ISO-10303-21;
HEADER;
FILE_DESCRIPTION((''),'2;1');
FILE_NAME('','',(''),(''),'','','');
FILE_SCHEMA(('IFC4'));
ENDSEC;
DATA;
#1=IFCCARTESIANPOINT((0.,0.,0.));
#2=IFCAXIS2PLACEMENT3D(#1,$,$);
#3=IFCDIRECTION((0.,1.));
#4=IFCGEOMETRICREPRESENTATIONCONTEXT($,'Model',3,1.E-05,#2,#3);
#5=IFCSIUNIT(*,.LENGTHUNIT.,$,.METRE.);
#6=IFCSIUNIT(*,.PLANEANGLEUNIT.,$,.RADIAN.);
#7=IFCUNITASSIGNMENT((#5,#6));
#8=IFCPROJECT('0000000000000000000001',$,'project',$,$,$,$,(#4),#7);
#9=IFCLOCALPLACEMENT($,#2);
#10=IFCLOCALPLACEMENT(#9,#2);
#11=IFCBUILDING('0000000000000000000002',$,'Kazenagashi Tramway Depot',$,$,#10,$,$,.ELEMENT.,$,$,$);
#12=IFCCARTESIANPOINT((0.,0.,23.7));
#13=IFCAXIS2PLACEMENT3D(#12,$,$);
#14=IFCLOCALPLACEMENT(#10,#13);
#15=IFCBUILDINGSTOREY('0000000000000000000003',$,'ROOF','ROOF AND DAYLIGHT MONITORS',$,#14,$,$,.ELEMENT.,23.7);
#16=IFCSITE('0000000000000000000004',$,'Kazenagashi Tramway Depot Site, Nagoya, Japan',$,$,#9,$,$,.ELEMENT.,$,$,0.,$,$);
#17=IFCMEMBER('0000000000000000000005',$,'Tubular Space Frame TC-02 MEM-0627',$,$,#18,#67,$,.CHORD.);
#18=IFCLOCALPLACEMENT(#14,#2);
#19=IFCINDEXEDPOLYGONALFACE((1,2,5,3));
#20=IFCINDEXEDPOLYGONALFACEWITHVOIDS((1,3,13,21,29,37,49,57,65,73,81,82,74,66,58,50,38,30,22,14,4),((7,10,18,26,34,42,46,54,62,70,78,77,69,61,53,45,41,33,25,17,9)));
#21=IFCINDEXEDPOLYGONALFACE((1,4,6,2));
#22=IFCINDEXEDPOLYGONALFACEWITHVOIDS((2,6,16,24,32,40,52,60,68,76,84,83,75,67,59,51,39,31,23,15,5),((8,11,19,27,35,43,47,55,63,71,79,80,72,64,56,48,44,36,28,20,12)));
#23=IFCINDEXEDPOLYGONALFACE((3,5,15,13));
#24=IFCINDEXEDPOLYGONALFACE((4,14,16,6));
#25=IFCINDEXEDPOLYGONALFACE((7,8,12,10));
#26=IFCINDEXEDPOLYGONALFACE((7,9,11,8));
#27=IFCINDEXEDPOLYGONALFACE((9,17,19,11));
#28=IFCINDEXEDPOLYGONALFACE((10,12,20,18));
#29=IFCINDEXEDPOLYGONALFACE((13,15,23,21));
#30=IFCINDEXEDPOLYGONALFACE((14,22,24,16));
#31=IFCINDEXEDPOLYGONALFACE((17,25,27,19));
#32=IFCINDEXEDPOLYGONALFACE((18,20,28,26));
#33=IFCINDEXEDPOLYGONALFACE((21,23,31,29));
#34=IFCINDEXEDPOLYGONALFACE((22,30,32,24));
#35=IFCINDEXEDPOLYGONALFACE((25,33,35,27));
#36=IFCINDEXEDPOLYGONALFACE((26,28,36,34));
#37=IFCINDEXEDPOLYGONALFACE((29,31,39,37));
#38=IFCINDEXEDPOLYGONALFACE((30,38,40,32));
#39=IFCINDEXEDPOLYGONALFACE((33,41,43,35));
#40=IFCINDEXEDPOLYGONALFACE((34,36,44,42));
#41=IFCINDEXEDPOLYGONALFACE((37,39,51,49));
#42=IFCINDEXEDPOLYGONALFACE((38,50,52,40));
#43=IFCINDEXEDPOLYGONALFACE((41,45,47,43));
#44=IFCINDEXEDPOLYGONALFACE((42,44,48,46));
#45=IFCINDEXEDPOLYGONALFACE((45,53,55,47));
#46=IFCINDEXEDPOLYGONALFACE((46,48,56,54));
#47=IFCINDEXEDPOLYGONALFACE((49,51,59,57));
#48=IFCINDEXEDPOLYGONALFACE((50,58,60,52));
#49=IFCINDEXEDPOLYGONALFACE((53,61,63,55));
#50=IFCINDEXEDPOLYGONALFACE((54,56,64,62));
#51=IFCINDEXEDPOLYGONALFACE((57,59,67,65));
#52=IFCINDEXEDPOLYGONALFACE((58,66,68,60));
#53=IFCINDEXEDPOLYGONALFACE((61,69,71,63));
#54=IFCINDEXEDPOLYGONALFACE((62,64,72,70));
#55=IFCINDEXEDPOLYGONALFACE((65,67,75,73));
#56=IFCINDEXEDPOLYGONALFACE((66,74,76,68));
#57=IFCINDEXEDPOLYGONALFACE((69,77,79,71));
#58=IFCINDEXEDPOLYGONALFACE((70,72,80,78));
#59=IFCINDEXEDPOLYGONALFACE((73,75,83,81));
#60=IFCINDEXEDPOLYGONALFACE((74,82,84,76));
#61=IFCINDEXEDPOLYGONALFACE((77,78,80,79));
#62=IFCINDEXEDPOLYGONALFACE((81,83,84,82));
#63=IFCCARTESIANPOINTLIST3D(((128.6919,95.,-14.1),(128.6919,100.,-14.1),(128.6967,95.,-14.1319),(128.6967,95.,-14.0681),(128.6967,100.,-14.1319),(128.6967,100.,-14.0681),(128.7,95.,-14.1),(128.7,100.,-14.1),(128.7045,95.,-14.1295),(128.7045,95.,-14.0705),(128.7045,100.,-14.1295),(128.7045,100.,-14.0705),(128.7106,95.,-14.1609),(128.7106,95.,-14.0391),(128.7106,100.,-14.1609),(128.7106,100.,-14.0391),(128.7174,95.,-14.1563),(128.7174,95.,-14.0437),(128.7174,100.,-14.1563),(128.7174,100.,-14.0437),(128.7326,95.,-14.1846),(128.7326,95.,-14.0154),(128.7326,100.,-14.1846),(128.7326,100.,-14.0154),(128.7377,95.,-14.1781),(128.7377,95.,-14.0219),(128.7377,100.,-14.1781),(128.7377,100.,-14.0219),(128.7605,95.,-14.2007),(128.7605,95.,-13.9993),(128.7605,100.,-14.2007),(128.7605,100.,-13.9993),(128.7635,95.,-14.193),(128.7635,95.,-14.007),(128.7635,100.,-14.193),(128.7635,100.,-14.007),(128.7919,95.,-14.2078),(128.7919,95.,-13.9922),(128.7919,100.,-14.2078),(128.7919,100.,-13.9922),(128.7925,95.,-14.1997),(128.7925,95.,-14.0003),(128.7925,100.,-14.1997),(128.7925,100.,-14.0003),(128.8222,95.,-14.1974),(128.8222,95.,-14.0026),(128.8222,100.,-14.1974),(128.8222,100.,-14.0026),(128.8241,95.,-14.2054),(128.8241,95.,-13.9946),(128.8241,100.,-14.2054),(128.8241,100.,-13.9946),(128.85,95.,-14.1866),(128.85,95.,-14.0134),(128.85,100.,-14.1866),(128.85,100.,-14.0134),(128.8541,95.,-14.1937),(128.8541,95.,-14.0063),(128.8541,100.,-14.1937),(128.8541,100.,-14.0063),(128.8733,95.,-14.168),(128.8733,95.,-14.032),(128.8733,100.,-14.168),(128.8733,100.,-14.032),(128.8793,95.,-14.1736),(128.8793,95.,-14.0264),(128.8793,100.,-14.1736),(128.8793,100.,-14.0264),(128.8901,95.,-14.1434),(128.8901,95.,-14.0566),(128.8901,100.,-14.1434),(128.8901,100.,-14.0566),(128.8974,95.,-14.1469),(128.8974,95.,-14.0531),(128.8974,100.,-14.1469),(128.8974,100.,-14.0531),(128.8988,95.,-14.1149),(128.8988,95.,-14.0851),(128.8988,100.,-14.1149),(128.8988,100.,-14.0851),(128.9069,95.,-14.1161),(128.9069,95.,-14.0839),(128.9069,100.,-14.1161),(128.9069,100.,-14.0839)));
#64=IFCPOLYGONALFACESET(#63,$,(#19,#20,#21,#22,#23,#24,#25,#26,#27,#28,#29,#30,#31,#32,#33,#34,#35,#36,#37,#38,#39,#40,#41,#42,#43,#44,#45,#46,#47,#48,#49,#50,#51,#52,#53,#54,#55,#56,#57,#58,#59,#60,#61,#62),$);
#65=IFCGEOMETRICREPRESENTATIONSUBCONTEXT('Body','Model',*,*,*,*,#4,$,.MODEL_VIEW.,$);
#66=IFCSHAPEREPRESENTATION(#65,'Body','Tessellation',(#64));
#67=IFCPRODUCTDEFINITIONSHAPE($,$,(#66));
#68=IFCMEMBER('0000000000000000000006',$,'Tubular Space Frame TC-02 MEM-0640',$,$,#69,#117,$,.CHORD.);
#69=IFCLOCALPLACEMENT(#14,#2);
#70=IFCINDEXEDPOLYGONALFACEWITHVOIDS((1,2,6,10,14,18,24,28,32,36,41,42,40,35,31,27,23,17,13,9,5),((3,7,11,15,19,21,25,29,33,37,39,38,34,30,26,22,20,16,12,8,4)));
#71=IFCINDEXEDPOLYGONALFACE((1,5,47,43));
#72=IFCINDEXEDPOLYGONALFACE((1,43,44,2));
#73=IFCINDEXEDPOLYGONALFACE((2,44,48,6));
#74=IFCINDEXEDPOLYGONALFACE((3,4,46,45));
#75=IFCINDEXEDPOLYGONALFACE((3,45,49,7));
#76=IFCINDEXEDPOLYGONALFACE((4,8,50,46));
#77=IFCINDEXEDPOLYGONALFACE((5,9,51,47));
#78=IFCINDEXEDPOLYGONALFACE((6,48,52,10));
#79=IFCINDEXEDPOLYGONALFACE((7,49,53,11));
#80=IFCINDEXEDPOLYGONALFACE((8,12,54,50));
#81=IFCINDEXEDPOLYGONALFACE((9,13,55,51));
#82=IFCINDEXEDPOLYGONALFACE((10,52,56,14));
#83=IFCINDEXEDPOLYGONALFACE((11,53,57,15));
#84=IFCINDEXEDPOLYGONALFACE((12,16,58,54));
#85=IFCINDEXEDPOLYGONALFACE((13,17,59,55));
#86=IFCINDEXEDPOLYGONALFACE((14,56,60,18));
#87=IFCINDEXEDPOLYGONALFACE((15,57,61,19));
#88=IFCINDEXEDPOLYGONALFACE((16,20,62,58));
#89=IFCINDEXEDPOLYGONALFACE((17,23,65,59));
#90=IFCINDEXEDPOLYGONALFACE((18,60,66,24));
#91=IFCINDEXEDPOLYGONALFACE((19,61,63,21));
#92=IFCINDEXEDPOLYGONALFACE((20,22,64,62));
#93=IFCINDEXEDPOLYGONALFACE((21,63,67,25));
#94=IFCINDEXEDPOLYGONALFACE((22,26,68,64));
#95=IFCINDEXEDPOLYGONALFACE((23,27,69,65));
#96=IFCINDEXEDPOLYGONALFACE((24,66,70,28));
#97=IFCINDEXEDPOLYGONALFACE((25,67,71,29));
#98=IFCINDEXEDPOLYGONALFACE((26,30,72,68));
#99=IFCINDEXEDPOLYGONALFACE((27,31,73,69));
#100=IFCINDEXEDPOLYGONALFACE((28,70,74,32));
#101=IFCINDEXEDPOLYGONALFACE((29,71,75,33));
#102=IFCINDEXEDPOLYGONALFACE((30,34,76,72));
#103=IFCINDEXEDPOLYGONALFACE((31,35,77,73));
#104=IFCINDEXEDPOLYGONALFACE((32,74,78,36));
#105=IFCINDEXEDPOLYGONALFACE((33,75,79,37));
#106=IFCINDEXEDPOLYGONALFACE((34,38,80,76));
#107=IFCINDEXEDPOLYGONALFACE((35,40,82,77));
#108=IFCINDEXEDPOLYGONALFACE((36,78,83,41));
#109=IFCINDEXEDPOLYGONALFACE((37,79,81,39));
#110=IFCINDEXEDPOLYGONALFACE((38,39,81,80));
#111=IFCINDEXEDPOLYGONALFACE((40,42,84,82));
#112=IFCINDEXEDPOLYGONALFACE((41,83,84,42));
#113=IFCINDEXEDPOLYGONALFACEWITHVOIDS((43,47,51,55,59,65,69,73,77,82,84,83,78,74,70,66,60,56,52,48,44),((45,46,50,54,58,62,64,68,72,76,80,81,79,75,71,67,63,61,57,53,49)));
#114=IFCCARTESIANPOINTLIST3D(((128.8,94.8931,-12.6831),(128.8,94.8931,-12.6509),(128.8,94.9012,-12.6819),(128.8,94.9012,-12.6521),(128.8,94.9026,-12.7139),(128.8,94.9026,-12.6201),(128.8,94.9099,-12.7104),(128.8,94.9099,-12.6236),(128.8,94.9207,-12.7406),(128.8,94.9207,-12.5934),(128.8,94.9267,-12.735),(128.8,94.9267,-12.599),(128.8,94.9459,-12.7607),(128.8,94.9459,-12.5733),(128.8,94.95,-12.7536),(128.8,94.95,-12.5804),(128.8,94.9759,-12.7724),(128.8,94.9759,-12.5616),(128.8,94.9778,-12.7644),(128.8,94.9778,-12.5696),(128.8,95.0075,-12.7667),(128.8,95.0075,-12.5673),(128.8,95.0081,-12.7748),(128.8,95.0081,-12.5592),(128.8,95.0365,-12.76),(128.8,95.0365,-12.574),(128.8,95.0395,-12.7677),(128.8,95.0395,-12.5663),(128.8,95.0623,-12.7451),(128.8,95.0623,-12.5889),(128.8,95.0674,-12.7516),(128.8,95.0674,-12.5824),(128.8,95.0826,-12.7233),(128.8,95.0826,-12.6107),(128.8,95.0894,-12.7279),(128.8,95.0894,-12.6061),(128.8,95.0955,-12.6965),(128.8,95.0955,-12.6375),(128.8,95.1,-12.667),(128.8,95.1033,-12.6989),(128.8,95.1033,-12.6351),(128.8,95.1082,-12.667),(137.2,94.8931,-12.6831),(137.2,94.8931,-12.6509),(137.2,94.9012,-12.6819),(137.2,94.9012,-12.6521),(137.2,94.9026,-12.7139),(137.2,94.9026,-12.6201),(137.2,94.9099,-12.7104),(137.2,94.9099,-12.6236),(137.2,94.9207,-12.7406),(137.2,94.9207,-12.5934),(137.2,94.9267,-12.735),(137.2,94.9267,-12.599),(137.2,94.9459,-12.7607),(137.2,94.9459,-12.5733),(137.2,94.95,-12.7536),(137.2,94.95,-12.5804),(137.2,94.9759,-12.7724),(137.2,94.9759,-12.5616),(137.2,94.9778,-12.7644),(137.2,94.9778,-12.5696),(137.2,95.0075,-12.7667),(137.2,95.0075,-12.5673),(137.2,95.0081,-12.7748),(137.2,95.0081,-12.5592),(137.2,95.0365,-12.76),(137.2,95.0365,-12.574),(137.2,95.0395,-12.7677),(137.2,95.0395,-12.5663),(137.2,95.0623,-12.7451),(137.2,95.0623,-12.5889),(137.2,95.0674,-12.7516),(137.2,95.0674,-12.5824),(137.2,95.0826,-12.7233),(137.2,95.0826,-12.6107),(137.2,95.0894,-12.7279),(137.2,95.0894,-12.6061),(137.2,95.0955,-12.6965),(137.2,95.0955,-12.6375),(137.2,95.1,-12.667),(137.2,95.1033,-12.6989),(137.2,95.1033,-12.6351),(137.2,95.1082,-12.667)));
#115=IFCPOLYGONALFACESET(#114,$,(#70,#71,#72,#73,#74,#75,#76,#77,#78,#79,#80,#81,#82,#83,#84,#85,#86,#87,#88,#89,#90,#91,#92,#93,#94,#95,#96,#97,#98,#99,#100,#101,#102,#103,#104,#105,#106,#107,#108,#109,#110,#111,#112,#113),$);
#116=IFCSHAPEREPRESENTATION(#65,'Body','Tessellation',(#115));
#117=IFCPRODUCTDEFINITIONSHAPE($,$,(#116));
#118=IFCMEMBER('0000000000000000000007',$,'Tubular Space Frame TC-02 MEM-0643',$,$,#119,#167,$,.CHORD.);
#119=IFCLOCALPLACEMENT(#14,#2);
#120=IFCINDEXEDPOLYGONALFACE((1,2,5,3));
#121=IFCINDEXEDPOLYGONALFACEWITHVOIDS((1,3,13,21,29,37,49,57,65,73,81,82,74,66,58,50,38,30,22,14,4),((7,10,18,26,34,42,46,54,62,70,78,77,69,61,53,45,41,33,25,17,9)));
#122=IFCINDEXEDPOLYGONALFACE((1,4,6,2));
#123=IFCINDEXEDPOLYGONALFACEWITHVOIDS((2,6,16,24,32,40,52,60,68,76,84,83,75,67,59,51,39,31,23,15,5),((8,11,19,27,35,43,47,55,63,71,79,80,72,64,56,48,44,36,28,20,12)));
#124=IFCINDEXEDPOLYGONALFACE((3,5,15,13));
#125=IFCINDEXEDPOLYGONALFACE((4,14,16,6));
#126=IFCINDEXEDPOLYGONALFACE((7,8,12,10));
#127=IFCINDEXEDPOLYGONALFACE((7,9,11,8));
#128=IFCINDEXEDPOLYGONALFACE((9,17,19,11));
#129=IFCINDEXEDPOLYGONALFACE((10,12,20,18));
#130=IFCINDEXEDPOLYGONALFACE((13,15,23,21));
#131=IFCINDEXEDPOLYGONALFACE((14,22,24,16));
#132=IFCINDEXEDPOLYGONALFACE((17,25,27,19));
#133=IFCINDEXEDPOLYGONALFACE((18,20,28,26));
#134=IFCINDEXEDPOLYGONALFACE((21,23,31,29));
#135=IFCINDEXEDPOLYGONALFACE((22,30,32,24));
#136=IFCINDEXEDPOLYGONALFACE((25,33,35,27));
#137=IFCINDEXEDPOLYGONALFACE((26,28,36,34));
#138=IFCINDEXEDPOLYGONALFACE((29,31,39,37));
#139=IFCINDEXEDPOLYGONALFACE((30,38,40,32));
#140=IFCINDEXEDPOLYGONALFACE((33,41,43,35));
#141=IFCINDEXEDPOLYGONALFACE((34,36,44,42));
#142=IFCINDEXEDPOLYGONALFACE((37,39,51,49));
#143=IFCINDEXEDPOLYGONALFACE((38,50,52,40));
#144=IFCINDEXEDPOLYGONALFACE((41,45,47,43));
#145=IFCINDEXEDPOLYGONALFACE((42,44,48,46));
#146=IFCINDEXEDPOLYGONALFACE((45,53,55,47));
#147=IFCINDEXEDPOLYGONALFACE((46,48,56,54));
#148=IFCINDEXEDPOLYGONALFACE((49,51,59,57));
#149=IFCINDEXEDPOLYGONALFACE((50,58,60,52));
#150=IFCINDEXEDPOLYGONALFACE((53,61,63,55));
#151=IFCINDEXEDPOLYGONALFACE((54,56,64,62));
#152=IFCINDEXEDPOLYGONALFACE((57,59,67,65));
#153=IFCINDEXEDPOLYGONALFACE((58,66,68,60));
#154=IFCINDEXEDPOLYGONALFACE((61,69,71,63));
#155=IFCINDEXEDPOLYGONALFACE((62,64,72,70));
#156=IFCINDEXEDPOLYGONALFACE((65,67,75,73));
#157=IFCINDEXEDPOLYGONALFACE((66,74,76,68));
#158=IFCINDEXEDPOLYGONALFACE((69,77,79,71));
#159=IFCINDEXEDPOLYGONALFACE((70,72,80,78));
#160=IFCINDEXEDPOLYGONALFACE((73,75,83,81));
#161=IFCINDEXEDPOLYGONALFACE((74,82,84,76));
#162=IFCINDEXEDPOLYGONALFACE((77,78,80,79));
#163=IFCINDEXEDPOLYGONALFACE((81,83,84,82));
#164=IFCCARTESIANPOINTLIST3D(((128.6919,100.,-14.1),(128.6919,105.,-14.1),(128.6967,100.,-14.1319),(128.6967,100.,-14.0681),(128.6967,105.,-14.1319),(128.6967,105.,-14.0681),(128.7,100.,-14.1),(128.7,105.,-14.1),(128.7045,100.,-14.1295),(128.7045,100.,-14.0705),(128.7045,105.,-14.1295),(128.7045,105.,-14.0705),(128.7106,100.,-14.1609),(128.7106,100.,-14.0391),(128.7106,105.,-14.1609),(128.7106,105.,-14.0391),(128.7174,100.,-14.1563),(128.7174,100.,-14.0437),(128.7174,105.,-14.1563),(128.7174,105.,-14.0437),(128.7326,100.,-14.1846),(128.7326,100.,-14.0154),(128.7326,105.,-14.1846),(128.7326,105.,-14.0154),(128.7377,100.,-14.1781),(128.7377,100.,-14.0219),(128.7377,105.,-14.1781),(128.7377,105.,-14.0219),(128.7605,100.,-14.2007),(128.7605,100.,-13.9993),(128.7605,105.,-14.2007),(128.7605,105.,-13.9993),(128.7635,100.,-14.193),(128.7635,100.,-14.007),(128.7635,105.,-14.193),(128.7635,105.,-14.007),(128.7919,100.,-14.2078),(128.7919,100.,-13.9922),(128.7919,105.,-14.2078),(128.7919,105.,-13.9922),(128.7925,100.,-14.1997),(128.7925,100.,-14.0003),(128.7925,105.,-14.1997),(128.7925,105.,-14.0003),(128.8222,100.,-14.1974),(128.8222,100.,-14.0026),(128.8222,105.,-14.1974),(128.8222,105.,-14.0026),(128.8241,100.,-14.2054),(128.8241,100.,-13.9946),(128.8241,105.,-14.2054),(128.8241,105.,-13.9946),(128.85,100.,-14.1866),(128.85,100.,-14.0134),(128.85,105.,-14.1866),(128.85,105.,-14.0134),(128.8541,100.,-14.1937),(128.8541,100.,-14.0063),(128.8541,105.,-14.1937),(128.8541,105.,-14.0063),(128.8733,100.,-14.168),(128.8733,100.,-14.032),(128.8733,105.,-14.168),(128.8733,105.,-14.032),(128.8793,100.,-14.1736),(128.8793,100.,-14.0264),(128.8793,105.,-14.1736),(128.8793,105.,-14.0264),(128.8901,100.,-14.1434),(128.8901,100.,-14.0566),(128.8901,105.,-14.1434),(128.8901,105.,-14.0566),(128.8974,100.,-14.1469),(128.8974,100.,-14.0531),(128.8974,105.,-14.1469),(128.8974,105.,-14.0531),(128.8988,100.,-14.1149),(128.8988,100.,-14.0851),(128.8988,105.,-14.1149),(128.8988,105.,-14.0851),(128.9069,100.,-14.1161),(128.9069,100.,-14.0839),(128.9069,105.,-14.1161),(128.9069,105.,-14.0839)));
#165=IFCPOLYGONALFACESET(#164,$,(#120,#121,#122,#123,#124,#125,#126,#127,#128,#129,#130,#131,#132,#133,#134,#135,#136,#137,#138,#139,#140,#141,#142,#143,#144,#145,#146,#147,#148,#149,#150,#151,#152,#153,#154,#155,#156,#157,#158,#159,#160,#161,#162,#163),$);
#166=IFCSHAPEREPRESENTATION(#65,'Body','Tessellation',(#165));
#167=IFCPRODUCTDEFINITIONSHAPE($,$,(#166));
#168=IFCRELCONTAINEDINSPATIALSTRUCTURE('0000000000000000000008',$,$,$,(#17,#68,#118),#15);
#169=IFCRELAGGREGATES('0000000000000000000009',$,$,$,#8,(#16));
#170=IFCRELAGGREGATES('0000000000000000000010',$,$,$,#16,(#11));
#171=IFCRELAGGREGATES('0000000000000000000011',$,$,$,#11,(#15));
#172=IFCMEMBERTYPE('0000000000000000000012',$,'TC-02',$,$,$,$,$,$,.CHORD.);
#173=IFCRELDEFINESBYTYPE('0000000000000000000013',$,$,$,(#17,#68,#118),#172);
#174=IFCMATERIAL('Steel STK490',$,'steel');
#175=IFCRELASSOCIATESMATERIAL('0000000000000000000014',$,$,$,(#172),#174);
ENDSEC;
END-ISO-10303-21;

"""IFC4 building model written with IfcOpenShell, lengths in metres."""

from ifc_helpers import new_model, si_unit, direction, frame, origin, origin_2d, place, context, subcontext, project, spatial, hollow_circle, extrude, material, material_profile, profile_set, type_object, element, save


model = new_model("IFC4")

# Units and contexts
model_context = context("Model", 3, precision=1e-05, world=origin(), true_north=direction((0.0, 1.0)))
body_context = subcontext(model_context, "Body", "Model", "MODEL_VIEW")
ifc_project = project(units=[si_unit("LENGTHUNIT", "METRE"), si_unit("PLANEANGLEUNIT", "RADIAN")], contexts=[model_context])

# Site, building, storey
site_placement = place(None, origin())
site = spatial("IfcSite", under=ifc_project, at=site_placement, Name="Kazenagashi Tramway Depot Site, Nagoya, Japan", CompositionType="ELEMENT", RefElevation=0.0)
building_placement = place(site_placement, origin())
building = spatial("IfcBuilding", under=site, at=building_placement, Name="Kazenagashi Tramway Depot", CompositionType="ELEMENT")
storey_placement = place(building_placement, frame((0.0, 0.0, 23.7)))
storey = spatial("IfcBuildingStorey", under=building, at=storey_placement, Name="ROOF", Description="ROOF AND DAYLIGHT MONITORS", CompositionType="ELEMENT", Elevation=23.7)

# Members
ifc_material_1 = material(Name="Steel STK490", Category="steel")
ifc_material_profile_1 = material_profile(ifc_material_1, hollow_circle(Radius=0.1081, WallThickness=0.0082, at=origin_2d()), Name="CHS-216.3x8.2")
ifc_profile_set_1 = profile_set([ifc_material_profile_1], Name="Steel STK490")
member_type_1 = type_object("IfcMemberType", Name="TC-02", PredefinedType="CHORD", material=ifc_profile_set_1)
for number, where, z_axis, x_axis, name in (
    (1, (128.8, 95.0, -14.1), (0.0, 1.0, 0.0), (-1.0, 0.0, 0.0), "Tubular Space Frame TC-02 MEM-0627"),
):
    element("IfcMember", number, at=place(storey_placement, frame(where, z_axis=z_axis, x_axis=x_axis)), inside=storey, type_object=member_type_1, Name=name, PredefinedType="CHORD", context=body_context, shape_type="SweptSolid", body=[
        extrude(hollow_circle(Radius=0.1081, WallThickness=0.0082, at=origin_2d()), origin(), (0.0, 0.0, 1.0), 5.0),
    ])
member_1_placement = place(storey_placement, frame((128.8, 95.0, -12.667), z_axis=(1.0, 0.0, 0.0), x_axis=(0.0, 1.0, 0.0)))
element("IfcMember", 2, at=member_1_placement, inside=storey, type_object=member_type_1, Name="Tubular Space Frame TC-02 MEM-0640", PredefinedType="CHORD", context=body_context, shape_type="SweptSolid", body=[
    extrude(hollow_circle(Radius=0.1081, WallThickness=0.0082, at=origin_2d()), origin(), (0.0, 0.0, 1.0), 8.4),
])
for number, where, z_axis, x_axis, name in (
    (3, (128.8, 100.0, -14.1), (0.0, 1.0, 0.0), (-1.0, 0.0, 0.0), "Tubular Space Frame TC-02 MEM-0643"),
):
    element("IfcMember", number, at=place(storey_placement, frame(where, z_axis=z_axis, x_axis=x_axis)), inside=storey, type_object=member_type_1, Name=name, PredefinedType="CHORD", context=body_context, shape_type="SweptSolid", body=[
        extrude(hollow_circle(Radius=0.1081, WallThickness=0.0082, at=origin_2d()), origin(), (0.0, 0.0, 1.0), 5.0),
    ])

save(model, "model.ifc")
